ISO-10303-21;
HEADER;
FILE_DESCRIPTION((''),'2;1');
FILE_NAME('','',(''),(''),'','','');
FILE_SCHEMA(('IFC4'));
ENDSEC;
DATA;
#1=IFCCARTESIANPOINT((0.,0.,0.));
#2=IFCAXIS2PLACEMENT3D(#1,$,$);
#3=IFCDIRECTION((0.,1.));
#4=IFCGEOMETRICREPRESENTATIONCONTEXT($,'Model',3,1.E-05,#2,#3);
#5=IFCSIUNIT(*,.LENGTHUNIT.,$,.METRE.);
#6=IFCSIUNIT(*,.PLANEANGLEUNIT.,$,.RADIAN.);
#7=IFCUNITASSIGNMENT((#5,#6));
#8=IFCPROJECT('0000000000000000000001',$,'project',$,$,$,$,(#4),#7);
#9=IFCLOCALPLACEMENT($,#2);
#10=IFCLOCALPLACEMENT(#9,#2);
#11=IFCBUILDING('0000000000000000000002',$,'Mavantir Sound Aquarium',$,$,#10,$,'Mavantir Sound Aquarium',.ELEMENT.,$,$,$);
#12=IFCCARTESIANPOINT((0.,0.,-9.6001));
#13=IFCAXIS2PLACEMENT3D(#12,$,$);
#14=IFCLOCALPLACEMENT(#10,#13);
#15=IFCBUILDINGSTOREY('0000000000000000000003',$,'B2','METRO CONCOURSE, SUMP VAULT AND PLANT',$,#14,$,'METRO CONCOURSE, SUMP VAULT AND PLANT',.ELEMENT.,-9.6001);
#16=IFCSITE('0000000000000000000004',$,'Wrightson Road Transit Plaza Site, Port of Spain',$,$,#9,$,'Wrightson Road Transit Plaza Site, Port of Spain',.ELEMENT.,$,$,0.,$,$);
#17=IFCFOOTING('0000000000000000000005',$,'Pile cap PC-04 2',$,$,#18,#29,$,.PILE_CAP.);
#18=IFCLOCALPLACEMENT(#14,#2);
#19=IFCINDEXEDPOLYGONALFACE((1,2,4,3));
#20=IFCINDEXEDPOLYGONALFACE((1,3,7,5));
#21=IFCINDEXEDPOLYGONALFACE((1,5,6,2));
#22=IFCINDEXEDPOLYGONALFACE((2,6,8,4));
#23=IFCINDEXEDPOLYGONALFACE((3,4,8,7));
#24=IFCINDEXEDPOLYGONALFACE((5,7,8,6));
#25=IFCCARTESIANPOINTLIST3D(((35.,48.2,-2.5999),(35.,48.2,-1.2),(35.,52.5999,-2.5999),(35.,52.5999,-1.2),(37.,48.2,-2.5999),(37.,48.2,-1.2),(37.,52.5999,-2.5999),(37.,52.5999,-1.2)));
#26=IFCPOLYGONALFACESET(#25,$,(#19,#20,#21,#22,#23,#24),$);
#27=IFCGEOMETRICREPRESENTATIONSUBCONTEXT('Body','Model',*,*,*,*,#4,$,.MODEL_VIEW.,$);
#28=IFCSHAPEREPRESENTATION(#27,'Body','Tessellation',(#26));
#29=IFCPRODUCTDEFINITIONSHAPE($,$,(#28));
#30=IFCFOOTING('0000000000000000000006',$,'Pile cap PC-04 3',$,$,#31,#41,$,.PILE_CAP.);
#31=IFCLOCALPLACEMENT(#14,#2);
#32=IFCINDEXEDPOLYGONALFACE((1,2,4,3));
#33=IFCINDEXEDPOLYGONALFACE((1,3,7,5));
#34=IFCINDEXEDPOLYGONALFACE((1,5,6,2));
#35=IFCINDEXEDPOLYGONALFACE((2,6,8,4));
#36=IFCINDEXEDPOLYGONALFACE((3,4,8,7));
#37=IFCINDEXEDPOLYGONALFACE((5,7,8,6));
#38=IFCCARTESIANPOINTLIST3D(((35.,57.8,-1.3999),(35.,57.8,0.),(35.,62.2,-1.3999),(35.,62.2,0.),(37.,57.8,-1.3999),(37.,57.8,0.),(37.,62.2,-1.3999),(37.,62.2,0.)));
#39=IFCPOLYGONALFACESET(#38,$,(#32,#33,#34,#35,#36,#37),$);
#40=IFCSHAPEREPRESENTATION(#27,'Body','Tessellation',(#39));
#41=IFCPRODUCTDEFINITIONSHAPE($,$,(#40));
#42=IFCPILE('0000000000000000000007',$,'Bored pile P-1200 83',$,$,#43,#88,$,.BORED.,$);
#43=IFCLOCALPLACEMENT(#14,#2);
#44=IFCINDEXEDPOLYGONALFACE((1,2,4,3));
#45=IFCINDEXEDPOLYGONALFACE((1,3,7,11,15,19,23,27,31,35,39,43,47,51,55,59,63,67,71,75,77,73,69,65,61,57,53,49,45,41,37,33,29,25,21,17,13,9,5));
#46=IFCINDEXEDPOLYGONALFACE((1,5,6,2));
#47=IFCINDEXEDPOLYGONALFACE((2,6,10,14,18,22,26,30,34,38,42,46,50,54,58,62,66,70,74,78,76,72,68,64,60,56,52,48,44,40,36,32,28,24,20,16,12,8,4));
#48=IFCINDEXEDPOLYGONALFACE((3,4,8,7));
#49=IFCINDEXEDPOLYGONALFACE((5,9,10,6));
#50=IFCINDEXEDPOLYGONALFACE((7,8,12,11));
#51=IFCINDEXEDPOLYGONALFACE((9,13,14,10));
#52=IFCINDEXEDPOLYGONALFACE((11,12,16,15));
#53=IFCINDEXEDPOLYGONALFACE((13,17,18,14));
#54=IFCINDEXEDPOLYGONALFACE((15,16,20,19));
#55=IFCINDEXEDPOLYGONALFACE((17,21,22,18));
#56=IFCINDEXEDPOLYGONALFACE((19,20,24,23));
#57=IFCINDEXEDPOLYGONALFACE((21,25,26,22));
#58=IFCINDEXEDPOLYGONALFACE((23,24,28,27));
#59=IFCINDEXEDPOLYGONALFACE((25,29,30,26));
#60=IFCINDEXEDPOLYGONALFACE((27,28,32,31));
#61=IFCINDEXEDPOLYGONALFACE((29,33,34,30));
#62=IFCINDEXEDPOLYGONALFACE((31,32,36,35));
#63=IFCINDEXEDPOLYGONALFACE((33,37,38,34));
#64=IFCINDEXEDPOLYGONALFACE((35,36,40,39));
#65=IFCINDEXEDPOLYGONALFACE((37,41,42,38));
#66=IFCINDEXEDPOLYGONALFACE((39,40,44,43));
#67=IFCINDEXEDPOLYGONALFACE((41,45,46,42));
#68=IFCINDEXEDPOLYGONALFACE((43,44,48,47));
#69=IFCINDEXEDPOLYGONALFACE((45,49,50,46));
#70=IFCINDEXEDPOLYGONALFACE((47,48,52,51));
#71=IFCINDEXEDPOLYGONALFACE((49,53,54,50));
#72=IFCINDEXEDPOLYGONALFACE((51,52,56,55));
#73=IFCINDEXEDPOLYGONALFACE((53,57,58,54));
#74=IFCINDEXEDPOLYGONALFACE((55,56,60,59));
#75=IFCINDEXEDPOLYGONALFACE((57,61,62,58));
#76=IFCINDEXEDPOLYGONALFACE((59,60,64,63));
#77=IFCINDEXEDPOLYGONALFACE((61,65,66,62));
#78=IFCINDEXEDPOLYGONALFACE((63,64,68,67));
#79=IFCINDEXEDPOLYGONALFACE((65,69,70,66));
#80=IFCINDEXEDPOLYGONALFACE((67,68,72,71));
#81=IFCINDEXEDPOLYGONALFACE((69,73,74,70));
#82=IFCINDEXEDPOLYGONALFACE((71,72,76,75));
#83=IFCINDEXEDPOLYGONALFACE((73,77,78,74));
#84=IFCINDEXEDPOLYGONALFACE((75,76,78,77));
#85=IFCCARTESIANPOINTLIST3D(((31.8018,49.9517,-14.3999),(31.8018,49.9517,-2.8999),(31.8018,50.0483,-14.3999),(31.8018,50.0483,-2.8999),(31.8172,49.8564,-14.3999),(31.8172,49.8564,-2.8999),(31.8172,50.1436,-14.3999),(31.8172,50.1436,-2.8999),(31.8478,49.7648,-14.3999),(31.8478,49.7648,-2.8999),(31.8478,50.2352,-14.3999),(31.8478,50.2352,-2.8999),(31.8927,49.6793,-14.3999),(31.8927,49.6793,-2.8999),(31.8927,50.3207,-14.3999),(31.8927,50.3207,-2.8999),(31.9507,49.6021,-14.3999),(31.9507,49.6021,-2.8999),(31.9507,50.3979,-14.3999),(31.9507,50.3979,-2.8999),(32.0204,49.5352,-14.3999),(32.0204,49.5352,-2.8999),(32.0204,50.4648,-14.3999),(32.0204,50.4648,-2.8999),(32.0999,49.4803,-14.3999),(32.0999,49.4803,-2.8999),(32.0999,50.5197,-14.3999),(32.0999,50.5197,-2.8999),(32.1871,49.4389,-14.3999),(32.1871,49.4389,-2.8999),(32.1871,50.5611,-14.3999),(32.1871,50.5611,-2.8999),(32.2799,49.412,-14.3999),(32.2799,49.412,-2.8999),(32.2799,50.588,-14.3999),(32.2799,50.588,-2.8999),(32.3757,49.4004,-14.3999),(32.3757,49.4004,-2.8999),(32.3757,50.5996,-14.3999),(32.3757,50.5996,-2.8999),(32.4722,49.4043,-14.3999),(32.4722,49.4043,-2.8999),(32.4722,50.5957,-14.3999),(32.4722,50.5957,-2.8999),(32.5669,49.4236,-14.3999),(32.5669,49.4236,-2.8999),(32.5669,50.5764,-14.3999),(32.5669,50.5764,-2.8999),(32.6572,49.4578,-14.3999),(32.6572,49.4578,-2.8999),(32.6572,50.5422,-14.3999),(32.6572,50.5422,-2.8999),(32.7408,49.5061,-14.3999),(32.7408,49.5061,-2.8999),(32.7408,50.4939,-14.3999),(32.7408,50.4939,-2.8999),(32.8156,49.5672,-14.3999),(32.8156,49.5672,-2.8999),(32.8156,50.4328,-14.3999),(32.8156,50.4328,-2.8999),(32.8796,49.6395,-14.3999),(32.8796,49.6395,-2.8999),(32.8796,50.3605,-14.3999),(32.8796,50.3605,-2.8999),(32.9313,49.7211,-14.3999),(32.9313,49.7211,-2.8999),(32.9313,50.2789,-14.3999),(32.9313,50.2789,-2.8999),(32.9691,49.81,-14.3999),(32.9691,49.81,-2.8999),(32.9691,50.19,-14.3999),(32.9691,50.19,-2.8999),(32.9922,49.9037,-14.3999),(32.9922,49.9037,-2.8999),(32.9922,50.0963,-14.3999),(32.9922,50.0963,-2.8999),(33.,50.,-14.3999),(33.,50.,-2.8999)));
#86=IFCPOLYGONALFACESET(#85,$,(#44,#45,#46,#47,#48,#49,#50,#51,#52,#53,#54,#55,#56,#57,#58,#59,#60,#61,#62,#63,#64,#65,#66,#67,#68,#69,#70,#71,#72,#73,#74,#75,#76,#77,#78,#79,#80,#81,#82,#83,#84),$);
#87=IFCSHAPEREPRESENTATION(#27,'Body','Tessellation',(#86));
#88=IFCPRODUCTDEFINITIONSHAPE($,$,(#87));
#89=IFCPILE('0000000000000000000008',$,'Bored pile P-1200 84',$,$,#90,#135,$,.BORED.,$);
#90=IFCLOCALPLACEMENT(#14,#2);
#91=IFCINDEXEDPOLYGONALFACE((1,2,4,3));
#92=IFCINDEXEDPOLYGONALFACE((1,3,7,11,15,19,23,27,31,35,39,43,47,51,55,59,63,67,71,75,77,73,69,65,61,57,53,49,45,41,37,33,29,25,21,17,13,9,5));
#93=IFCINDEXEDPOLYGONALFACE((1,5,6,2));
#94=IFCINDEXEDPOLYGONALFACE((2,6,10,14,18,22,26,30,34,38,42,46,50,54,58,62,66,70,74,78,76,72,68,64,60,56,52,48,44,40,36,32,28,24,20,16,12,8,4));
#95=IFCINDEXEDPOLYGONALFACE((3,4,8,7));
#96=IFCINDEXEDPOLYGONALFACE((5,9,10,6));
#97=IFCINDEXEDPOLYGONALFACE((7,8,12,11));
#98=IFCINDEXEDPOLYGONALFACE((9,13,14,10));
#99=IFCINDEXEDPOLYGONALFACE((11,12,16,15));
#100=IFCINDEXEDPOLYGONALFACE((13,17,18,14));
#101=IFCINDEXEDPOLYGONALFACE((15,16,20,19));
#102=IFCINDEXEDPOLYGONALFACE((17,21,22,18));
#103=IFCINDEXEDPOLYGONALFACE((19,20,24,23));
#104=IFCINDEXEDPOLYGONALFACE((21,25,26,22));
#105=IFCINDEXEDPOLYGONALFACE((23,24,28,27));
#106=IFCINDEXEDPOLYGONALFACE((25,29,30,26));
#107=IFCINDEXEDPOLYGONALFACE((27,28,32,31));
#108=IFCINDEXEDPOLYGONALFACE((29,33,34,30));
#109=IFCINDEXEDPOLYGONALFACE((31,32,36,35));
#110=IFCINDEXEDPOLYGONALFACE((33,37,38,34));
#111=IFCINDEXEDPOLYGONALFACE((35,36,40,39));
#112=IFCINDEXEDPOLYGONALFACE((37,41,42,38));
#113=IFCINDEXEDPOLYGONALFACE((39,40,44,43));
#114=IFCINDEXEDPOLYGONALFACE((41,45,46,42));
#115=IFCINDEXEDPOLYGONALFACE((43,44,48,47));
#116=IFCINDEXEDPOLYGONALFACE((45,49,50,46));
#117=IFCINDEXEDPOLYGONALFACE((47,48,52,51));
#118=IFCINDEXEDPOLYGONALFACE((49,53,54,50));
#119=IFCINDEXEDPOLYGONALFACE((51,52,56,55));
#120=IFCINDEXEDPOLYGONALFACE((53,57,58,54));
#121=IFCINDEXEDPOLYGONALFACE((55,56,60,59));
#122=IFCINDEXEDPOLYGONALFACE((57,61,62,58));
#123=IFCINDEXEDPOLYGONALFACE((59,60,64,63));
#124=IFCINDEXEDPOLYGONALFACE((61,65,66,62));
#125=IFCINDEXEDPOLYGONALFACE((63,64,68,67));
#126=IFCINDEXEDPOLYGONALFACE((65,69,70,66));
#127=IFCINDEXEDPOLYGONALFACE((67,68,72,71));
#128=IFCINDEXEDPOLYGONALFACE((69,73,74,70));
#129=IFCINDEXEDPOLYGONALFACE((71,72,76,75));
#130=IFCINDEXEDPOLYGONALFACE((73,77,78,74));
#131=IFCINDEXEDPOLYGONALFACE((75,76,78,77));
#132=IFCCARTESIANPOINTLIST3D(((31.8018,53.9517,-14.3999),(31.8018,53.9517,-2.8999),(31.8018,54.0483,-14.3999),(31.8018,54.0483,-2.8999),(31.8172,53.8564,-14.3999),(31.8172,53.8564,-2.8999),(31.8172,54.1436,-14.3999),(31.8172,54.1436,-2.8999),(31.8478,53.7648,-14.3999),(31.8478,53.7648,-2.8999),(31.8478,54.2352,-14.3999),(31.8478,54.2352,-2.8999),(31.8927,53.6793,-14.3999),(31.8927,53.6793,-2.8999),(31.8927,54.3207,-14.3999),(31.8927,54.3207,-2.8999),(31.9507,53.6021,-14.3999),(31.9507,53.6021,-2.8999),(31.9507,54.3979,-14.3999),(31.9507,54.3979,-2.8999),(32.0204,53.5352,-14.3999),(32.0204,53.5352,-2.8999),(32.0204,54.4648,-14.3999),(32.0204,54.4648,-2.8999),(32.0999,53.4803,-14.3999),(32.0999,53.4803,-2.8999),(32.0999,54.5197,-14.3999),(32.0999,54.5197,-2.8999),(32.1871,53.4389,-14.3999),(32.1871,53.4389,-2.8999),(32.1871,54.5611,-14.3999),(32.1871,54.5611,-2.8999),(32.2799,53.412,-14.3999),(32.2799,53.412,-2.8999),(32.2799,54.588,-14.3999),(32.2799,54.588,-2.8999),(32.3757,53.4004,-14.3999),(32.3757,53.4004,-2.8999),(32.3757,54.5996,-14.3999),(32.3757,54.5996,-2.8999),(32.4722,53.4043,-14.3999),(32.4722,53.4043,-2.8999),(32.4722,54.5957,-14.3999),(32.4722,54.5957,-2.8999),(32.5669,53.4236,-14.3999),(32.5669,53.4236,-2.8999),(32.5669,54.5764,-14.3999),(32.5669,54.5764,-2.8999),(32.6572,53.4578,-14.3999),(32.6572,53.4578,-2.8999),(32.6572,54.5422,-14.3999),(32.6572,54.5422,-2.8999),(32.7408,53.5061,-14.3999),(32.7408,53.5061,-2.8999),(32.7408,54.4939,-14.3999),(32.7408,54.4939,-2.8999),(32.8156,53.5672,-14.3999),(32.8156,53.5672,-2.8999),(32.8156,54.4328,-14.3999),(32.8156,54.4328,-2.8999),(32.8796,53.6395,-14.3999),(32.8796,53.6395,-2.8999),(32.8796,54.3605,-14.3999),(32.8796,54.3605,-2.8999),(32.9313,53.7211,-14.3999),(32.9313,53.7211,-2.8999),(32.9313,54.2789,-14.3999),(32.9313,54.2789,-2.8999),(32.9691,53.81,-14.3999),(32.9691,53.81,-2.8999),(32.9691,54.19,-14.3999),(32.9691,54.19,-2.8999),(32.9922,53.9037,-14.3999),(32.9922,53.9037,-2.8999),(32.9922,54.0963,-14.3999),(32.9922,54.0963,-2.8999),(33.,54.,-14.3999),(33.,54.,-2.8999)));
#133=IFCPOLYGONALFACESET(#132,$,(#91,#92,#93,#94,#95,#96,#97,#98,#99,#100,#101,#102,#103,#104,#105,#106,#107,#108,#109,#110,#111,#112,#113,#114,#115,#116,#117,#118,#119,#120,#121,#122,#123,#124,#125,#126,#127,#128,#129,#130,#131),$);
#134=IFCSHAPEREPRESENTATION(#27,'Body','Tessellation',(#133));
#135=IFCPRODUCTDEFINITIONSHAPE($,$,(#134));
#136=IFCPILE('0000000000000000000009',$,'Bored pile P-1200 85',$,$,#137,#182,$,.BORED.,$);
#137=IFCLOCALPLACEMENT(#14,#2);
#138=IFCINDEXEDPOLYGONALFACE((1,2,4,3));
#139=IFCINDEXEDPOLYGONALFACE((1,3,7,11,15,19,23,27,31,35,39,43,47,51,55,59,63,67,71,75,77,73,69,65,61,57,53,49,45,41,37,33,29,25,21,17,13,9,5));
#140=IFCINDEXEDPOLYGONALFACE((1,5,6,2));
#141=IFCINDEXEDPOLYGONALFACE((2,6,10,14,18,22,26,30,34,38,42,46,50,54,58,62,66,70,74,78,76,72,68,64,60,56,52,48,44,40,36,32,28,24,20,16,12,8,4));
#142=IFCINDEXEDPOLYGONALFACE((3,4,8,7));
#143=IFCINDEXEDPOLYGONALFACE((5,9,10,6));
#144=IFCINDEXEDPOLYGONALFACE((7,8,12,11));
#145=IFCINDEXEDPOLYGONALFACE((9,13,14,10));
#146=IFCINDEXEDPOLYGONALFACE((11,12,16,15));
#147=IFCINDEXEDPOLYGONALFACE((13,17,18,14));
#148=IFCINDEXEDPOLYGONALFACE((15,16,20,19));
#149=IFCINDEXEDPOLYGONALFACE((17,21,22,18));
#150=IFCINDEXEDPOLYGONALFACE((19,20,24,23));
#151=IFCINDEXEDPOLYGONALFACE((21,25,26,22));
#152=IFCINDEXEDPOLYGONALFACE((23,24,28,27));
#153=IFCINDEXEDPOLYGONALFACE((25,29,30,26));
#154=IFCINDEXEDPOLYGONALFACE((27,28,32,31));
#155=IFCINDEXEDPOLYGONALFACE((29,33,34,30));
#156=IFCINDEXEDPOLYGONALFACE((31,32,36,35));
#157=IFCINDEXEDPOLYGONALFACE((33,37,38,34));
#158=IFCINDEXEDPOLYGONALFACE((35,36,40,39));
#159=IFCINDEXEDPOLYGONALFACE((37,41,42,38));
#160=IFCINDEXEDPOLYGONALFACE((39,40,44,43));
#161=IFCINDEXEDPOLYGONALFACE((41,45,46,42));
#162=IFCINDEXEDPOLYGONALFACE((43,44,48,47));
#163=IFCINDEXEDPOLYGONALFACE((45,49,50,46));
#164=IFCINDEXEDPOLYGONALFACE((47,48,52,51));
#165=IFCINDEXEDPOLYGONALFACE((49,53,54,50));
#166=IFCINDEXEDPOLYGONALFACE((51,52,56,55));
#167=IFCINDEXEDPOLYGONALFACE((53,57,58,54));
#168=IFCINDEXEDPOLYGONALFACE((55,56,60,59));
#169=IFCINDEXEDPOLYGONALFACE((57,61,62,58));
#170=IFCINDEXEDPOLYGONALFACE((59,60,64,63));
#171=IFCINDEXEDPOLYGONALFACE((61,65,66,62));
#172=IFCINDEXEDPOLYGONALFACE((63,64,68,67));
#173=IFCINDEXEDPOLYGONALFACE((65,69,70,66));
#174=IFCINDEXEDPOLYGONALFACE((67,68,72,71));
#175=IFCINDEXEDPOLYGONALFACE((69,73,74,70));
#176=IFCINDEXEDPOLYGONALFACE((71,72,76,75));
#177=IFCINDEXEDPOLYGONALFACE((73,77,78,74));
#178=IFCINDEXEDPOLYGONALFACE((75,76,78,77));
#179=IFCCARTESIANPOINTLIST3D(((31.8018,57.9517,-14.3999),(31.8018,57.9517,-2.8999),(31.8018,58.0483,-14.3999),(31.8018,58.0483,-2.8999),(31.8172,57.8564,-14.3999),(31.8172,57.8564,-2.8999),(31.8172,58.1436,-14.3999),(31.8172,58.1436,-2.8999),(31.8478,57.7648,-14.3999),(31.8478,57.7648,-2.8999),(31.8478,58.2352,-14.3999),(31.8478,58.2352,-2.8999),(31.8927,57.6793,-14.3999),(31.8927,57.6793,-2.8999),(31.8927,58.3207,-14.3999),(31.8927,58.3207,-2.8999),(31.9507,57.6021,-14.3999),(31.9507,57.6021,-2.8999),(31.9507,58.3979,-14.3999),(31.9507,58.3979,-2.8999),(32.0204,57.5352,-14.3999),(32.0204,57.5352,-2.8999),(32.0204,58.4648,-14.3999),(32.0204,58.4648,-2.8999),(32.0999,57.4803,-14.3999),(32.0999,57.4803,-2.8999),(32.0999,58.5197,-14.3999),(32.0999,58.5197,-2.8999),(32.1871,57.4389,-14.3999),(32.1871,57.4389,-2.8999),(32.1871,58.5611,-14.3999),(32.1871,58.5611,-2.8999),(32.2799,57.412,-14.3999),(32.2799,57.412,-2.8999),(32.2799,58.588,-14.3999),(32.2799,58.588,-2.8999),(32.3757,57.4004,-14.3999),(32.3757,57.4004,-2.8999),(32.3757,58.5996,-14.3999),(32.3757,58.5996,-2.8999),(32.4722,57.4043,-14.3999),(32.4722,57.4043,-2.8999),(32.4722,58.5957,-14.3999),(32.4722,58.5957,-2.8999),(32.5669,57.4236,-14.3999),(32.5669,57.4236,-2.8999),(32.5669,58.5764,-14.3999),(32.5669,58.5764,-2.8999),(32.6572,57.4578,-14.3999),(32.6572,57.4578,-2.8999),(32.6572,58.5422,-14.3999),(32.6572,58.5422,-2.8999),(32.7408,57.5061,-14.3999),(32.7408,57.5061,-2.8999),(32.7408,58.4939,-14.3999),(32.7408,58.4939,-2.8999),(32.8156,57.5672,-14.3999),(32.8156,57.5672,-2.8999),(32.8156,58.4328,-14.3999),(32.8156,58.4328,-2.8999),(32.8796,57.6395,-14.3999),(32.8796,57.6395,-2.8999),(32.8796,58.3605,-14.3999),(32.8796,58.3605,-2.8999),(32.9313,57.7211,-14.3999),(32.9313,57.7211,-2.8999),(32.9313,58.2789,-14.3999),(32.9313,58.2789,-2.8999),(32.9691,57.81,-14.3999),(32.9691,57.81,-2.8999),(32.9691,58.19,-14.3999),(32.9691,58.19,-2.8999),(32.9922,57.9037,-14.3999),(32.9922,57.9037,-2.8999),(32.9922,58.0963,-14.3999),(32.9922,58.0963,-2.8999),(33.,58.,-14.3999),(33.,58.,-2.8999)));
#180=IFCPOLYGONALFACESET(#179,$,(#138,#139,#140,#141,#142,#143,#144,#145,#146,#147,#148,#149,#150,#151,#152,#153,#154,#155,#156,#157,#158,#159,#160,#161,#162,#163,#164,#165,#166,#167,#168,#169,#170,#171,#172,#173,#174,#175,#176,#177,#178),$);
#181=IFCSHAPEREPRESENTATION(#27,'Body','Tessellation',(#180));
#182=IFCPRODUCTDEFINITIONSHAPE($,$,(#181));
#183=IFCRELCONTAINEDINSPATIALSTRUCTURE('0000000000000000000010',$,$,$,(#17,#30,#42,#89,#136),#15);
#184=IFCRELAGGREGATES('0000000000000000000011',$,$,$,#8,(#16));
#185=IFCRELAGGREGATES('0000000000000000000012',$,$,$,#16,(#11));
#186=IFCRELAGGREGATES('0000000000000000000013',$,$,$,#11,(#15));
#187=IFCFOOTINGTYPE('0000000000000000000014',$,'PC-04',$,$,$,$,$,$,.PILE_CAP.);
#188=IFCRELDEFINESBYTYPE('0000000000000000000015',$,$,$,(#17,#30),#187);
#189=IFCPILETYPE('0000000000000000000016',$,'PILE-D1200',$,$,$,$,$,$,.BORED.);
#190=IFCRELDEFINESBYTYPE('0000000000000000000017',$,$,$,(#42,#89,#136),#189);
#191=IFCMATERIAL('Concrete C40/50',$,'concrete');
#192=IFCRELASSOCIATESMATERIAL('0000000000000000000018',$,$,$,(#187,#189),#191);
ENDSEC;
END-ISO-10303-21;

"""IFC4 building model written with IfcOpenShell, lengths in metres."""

from ifc_helpers import new_model, si_unit, direction, frame, origin, origin_2d, place, context, subcontext, project, spatial, rectangle, circle, extrude, material, material_profile, profile_set, type_object, element, save


model = new_model("IFC4")

# Units and contexts
model_context = context("Model", 3, precision=1e-05, world=origin(), true_north=direction((0.0, 1.0)))
body_context = subcontext(model_context, "Body", "Model", "MODEL_VIEW")
ifc_project = project(units=[si_unit("LENGTHUNIT", "METRE"), si_unit("PLANEANGLEUNIT", "RADIAN")], contexts=[model_context])

# Site, building, storey
site_placement = place(None, origin())
site = spatial("IfcSite", under=ifc_project, at=site_placement, Name="Wrightson Road Transit Plaza Site, Port of Spain", LongName="Wrightson Road Transit Plaza Site, Port of Spain", CompositionType="ELEMENT", RefElevation=0.0)
building_placement = place(site_placement, origin())
building = spatial("IfcBuilding", under=site, at=building_placement, Name="Mavantir Sound Aquarium", LongName="Mavantir Sound Aquarium", CompositionType="ELEMENT")
storey_placement = place(building_placement, frame((0.0, 0.0, -9.6001)))
storey = spatial("IfcBuildingStorey", under=building, at=storey_placement, Name="B2", Description="METRO CONCOURSE, SUMP VAULT AND PLANT", LongName="METRO CONCOURSE, SUMP VAULT AND PLANT", CompositionType="ELEMENT", Elevation=-9.6001)

# Footings
ifc_material_1 = material(Name="Concrete C40/50", Category="concrete")
footing_type_1 = type_object("IfcFootingType", Name="PC-04", PredefinedType="PILE_CAP", material=ifc_material_1)
for number, where, z_axis, x_axis, name in (
    (1, (36.0, 50.3999, -2.5999), (0.0, 0.0, 1.0), (1.0, 0.0, 0.0), "Pile cap PC-04 2"),
    (2, (36.0, 60.0, -1.3999), (0.0, 0.0, 1.0), (1.0, 0.0, 0.0), "Pile cap PC-04 3"),
):
    element("IfcFooting", number, at=place(storey_placement, frame(where, z_axis=z_axis, x_axis=x_axis)), inside=storey, type_object=footing_type_1, Name=name, PredefinedType="PILE_CAP", context=body_context, shape_type="SweptSolid", body=[
        extrude(rectangle(XDim=2.0, YDim=4.3999, at=origin_2d()), origin(), (0.0, 0.0, 1.0), 1.3999),
    ])

# Piles
ifc_material_profile_1 = material_profile(ifc_material_1, circle(Radius=0.6001, at=origin_2d()), Name="PILE D1200")
ifc_profile_set_1 = profile_set([ifc_material_profile_1], Name="Concrete C40/50")
pile_type_1 = type_object("IfcPileType", Name="PILE-D1200", PredefinedType="BORED", material=ifc_profile_set_1)
for number, where, z_axis, x_axis, name in (
    (3, (32.3999, 50.0, -2.8999), (0.0, 0.0, -1.0), (1.0, 0.0, 0.0), "Bored pile P-1200 83"),
    (4, (32.3999, 54.0, -2.8999), (0.0, 0.0, -1.0), (1.0, 0.0, 0.0), "Bored pile P-1200 84"),
    (5, (32.3999, 58.0, -2.8999), (0.0, 0.0, -1.0), (1.0, 0.0, 0.0), "Bored pile P-1200 85"),
):
    element("IfcPile", number, at=place(storey_placement, frame(where, z_axis=z_axis, x_axis=x_axis)), inside=storey, type_object=pile_type_1, Name=name, PredefinedType="BORED", context=body_context, shape_type="SweptSolid", body=[
        extrude(circle(Radius=0.6001, at=origin_2d()), origin(), (0.0, 0.0, 1.0), 11.5),
    ])

save(model, "model.ifc")
